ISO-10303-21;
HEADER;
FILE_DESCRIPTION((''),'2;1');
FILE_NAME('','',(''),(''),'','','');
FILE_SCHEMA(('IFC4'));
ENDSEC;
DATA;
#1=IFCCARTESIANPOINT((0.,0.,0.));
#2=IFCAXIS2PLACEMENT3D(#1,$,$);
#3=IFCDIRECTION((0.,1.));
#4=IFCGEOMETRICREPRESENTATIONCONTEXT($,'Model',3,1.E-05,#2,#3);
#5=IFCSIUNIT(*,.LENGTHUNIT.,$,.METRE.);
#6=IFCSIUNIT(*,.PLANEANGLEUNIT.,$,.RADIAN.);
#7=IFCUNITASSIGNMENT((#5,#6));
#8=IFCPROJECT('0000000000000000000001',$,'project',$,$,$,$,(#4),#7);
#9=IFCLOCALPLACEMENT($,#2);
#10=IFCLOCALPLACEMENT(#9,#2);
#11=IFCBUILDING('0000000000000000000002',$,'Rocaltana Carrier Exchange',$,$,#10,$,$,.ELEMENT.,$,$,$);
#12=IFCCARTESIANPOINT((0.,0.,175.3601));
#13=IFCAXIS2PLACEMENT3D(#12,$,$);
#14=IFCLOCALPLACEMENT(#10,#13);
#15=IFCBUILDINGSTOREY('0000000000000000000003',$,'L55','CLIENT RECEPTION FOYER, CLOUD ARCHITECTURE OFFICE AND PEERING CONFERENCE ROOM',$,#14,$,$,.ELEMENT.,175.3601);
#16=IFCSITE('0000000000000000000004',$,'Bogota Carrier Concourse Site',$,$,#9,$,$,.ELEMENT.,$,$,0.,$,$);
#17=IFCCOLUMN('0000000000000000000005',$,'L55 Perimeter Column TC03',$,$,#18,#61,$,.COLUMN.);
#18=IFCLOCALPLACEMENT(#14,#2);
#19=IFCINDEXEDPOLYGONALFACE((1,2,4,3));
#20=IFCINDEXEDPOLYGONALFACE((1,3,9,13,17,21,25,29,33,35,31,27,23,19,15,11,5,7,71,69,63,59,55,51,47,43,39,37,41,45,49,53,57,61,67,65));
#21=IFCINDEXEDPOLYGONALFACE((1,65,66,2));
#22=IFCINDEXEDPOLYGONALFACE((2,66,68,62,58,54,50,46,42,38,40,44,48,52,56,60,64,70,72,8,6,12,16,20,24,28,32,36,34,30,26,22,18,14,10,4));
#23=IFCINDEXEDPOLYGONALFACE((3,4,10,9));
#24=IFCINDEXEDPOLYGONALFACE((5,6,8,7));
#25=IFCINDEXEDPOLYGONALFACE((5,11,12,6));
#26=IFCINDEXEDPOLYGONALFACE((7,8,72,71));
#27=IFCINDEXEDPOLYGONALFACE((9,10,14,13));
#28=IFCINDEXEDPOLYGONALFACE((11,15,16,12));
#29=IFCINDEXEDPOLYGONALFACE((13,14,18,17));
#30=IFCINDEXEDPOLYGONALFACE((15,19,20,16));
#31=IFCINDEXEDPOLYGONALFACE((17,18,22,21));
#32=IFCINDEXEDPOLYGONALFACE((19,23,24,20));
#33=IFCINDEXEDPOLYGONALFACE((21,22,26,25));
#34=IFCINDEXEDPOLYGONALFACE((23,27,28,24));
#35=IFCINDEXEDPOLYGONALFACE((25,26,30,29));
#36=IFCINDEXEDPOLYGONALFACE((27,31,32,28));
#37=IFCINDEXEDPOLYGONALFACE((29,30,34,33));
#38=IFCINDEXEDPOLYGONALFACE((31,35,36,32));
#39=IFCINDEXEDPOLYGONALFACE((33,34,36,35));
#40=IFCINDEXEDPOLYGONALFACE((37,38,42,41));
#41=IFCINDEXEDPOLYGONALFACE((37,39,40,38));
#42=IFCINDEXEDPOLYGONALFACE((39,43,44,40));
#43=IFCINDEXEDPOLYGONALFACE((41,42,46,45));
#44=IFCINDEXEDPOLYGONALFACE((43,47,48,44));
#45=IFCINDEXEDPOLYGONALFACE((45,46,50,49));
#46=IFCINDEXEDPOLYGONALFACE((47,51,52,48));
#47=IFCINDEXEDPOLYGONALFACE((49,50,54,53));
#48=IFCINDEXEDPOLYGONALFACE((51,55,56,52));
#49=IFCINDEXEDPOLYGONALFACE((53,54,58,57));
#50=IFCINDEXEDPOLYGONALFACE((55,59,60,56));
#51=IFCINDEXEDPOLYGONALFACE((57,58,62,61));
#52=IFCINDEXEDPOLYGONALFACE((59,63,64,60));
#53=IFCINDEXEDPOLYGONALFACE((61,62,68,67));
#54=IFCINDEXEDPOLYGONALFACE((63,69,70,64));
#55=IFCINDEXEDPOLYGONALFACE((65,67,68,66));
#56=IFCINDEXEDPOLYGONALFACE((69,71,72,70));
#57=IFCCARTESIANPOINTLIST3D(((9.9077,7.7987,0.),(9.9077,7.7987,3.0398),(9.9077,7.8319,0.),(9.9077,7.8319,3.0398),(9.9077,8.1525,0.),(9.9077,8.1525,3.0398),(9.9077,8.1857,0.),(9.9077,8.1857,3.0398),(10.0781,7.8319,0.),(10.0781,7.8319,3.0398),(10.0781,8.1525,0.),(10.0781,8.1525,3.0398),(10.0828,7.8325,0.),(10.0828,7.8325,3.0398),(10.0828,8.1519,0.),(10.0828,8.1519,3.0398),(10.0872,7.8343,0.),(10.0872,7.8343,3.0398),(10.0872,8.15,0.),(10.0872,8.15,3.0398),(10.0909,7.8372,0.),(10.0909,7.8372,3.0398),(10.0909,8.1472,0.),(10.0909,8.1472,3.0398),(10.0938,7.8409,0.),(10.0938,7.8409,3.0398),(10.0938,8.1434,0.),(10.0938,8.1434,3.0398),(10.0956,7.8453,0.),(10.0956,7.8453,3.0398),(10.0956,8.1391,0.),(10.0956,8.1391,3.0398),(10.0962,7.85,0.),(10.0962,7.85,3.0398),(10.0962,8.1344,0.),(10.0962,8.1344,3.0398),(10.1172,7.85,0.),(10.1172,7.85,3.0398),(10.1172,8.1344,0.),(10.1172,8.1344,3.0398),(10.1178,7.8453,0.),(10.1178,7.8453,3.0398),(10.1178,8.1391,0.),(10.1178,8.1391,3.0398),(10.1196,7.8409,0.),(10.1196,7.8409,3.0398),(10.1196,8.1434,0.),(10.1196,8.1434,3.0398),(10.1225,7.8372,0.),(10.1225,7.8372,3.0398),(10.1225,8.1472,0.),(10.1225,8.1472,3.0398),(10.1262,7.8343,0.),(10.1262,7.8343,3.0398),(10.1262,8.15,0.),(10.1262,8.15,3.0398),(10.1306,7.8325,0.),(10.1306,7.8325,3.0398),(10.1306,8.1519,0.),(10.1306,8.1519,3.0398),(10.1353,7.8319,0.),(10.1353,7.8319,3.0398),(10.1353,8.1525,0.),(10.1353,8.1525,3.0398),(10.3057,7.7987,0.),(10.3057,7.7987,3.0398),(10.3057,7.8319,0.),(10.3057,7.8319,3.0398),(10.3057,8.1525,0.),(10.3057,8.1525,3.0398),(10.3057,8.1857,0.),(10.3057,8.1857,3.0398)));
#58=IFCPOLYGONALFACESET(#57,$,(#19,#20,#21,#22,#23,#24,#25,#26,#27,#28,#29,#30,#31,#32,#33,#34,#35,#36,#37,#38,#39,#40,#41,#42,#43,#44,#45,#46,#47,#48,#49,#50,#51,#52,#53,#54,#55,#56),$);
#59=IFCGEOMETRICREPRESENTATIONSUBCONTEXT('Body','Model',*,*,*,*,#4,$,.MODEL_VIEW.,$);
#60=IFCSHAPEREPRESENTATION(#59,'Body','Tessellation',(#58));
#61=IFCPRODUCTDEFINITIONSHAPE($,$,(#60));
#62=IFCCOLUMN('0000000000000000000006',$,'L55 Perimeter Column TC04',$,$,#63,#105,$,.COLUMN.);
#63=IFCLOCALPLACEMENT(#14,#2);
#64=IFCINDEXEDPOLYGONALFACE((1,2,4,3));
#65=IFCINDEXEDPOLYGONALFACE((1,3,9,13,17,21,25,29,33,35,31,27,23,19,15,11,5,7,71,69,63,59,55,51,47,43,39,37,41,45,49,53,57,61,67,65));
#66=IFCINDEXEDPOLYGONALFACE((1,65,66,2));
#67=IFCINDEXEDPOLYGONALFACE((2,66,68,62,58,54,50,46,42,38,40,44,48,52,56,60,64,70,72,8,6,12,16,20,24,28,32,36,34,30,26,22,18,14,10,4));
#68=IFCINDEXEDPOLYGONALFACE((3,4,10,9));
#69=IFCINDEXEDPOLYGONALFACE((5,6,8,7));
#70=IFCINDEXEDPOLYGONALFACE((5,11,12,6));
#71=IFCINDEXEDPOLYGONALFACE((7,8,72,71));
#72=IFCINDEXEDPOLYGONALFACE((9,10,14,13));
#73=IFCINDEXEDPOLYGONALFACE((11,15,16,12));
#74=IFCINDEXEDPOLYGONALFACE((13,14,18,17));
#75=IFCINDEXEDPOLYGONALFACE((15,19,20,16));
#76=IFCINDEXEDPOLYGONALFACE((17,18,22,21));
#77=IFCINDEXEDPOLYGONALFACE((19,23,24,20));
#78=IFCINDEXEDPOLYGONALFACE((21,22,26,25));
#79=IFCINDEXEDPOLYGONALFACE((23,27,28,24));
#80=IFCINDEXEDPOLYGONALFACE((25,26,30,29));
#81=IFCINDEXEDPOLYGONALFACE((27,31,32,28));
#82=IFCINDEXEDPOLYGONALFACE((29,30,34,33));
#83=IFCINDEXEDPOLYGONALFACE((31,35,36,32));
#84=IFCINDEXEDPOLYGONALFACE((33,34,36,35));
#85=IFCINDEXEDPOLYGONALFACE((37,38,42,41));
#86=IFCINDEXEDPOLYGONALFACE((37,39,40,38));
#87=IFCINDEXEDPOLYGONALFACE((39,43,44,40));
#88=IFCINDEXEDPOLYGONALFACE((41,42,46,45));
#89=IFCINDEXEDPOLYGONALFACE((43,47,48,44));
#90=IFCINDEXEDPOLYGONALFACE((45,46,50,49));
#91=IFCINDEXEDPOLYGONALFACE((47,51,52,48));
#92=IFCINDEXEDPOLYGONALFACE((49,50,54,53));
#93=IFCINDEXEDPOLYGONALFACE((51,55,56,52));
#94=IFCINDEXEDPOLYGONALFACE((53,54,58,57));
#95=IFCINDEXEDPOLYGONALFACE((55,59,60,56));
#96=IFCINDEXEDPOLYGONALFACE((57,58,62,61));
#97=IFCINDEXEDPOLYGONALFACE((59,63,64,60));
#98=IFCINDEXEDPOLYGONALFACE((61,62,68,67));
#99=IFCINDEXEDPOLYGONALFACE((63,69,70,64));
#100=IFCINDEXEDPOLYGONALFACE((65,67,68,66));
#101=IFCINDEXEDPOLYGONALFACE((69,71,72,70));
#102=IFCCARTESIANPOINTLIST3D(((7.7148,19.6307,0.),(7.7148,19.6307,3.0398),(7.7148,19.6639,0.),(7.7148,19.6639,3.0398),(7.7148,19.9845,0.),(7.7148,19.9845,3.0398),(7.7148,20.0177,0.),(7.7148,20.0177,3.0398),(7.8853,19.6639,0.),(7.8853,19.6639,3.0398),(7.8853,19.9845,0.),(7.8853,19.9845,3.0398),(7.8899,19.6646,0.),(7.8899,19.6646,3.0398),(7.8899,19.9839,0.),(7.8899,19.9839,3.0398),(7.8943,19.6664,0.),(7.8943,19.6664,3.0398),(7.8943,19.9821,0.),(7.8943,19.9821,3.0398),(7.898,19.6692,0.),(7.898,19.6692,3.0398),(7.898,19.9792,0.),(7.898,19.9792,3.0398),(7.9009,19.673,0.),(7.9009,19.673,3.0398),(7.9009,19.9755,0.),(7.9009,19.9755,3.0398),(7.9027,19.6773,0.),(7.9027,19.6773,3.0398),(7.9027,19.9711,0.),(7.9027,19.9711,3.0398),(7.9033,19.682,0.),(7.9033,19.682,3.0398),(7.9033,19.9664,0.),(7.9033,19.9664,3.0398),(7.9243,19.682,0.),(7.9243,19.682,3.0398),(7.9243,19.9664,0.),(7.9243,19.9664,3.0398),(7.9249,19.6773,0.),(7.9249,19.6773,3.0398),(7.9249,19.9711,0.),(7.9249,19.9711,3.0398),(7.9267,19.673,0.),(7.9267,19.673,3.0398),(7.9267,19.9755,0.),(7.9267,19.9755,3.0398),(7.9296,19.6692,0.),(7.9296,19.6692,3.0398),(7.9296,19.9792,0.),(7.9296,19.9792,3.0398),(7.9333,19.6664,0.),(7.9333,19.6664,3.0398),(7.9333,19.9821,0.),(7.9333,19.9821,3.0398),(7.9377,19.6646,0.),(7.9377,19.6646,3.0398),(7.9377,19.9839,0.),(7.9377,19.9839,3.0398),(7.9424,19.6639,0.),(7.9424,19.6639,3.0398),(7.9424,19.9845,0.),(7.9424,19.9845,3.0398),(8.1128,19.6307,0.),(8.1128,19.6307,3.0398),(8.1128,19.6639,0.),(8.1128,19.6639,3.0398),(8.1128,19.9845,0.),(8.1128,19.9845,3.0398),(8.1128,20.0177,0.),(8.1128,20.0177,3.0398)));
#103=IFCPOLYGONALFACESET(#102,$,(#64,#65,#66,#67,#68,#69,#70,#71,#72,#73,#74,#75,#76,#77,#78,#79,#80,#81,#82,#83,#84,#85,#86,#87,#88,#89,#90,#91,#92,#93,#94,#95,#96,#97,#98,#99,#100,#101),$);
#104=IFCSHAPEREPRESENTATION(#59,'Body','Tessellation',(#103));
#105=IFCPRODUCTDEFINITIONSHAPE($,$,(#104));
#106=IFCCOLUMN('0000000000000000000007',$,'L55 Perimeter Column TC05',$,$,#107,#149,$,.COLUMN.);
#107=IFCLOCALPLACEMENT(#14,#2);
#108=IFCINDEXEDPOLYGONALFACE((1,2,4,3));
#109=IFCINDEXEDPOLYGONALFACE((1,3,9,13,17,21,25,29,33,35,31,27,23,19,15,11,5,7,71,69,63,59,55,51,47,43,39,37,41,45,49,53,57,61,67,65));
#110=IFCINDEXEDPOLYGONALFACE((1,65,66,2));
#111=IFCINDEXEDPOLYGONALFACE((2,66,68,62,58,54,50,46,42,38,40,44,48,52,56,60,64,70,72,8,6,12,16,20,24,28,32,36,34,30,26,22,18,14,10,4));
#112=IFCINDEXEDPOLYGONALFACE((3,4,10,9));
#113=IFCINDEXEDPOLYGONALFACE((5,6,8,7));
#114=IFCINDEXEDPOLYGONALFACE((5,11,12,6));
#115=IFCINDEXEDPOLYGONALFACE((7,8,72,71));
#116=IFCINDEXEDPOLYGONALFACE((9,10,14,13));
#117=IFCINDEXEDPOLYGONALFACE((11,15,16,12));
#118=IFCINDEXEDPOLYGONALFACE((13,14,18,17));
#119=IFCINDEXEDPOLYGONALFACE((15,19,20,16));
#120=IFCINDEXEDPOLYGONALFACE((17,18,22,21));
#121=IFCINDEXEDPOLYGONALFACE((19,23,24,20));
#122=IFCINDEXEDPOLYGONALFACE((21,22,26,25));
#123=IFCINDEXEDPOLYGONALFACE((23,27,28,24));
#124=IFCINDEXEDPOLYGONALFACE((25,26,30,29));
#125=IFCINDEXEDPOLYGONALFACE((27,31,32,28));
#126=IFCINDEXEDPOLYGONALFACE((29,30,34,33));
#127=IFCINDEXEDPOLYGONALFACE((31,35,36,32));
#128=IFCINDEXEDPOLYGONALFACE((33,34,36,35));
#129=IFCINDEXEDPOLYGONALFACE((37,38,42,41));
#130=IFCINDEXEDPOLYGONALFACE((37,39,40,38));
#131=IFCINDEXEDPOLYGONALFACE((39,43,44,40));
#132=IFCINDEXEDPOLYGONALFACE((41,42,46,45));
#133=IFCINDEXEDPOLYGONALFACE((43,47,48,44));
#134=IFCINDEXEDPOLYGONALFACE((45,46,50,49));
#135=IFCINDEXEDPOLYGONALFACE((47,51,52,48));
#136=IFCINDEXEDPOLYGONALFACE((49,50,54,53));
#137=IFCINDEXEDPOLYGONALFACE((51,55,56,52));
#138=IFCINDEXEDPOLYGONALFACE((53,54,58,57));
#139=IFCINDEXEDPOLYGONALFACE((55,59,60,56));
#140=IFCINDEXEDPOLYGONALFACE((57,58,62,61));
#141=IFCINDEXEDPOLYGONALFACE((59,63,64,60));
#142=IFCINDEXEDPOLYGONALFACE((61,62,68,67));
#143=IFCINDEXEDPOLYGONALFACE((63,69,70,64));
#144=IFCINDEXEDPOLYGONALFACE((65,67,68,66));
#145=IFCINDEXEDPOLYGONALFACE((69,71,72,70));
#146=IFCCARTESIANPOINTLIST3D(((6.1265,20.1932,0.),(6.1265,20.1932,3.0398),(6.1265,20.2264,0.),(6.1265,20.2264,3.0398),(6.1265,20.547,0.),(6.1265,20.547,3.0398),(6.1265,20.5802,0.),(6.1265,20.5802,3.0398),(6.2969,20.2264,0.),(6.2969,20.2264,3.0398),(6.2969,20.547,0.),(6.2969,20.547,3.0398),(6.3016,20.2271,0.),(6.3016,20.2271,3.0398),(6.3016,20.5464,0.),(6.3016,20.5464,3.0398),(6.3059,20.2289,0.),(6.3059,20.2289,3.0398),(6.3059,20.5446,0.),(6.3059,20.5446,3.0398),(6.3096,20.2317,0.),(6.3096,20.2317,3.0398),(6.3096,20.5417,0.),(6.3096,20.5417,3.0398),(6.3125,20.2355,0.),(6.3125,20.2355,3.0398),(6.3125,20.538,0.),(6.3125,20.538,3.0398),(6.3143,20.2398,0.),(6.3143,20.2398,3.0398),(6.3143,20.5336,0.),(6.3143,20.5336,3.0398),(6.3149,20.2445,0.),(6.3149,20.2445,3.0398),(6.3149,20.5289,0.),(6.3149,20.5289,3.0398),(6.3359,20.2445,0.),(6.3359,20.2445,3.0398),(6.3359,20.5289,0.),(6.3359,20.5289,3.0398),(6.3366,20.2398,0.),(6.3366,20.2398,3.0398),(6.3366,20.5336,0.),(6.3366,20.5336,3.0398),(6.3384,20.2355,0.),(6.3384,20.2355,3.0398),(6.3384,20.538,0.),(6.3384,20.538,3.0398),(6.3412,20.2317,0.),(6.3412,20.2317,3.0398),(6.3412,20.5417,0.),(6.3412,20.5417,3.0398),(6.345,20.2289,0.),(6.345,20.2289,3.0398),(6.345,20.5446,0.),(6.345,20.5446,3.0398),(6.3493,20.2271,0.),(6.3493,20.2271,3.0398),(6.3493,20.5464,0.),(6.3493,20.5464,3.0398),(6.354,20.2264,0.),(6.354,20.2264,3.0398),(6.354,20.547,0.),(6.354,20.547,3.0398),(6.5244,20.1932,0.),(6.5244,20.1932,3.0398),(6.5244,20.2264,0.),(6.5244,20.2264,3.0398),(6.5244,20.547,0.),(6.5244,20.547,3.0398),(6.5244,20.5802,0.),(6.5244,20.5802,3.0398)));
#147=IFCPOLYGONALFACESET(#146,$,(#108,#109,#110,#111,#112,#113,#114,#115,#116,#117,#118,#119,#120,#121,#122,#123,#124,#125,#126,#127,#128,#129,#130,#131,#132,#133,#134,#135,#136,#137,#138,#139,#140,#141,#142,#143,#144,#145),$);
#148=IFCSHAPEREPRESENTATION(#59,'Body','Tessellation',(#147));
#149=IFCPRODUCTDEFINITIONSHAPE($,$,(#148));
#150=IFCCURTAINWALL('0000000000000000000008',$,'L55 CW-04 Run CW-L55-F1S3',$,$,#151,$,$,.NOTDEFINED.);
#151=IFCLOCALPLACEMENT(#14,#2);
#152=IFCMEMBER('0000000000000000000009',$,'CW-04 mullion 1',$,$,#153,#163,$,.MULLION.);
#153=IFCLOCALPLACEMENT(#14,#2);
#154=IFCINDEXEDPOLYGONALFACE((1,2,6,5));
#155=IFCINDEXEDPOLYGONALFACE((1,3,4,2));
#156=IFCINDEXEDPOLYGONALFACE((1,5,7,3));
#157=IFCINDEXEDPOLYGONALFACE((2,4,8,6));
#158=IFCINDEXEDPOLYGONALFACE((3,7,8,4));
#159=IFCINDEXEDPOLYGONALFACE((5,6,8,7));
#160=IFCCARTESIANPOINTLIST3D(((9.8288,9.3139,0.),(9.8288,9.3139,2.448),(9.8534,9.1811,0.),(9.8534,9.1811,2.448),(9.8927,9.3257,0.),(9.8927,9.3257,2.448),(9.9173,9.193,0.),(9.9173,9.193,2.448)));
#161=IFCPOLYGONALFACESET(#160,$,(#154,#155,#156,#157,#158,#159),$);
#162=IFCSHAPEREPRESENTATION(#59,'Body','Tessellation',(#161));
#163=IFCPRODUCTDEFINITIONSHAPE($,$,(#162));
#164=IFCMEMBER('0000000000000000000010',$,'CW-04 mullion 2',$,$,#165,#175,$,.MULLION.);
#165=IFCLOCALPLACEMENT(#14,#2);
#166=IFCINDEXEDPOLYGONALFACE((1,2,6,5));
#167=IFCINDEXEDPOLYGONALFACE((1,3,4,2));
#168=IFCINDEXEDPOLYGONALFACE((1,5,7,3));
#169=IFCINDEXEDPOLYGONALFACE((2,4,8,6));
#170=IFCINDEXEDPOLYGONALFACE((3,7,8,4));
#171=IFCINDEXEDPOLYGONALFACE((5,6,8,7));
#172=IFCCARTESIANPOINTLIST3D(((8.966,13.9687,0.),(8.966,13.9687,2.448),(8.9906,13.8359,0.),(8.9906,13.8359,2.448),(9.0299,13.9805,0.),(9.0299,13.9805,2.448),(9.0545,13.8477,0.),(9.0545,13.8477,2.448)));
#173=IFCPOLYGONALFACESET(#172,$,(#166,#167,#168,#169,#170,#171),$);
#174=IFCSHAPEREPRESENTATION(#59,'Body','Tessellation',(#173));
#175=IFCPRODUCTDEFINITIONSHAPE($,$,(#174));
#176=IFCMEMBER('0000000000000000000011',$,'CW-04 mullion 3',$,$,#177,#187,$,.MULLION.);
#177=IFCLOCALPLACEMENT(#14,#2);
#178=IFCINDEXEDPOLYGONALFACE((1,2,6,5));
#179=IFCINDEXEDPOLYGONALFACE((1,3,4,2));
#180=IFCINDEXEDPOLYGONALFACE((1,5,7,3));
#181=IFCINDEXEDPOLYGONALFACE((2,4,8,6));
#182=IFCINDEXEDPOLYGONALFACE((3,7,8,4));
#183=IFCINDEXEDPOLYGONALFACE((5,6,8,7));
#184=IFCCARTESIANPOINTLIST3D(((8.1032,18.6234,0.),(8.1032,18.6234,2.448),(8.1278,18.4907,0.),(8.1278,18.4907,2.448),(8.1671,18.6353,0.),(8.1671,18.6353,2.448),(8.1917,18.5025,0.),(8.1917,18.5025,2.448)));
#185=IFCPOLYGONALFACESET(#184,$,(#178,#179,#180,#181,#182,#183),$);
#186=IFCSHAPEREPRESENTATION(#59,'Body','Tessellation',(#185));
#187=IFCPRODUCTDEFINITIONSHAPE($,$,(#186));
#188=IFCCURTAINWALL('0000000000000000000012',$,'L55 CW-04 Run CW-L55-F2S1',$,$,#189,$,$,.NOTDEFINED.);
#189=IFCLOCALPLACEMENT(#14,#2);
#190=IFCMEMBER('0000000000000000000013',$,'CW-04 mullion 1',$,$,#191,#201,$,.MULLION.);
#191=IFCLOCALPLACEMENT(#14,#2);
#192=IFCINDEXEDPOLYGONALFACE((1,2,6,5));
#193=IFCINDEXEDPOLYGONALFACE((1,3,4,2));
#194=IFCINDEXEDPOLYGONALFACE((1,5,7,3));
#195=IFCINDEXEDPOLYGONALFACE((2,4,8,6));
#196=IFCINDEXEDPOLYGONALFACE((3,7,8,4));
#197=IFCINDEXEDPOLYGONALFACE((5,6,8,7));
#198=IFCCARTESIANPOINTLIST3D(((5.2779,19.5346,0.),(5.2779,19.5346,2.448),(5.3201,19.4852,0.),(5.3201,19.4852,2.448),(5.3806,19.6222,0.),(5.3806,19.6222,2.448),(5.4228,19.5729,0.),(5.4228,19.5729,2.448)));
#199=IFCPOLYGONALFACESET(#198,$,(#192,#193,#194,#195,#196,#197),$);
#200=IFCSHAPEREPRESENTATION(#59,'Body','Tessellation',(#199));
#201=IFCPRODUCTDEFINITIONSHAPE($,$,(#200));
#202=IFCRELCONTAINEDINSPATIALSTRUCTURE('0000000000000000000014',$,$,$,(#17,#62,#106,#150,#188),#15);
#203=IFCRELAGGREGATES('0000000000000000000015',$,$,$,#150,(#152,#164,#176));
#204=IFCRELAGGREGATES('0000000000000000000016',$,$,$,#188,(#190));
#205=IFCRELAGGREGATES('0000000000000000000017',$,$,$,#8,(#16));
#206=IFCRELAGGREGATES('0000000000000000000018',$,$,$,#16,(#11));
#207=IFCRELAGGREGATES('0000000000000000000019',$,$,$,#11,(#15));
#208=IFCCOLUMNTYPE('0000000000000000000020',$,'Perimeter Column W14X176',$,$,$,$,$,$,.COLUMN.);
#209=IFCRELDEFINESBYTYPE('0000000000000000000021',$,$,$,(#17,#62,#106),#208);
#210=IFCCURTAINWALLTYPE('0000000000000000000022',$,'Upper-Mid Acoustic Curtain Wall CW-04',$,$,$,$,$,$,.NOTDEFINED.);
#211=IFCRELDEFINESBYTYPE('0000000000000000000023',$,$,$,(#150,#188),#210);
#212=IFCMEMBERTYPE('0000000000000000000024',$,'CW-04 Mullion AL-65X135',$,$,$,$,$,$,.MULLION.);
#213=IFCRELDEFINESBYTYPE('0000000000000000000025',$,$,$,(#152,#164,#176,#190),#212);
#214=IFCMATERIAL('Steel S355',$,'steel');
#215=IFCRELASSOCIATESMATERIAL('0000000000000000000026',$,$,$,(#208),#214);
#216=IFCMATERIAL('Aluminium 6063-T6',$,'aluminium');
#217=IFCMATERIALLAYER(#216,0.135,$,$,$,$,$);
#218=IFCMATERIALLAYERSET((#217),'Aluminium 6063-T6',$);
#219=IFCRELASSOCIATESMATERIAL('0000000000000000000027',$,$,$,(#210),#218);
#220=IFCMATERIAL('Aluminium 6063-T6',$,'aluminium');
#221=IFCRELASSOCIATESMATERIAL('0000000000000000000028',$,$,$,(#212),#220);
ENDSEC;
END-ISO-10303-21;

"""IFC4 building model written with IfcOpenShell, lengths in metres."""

from ifc_helpers import new_model, si_unit, direction, frame, origin, origin_2d, place, context, subcontext, project, spatial, rectangle, i_section, extrude, material, layer, layer_set, material_profile, profile_set, type_object, element, aggregate, save


model = new_model("IFC4")

# Units and contexts
model_context = context("Model", 3, precision=1e-05, world=origin(), true_north=direction((0.0, 1.0)))
body_context = subcontext(model_context, "Body", "Model", "MODEL_VIEW")
ifc_project = project(units=[si_unit("LENGTHUNIT", "METRE"), si_unit("PLANEANGLEUNIT", "RADIAN")], contexts=[model_context])

# Site, building, storey
site_placement = place(None, origin())
site = spatial("IfcSite", under=ifc_project, at=site_placement, Name="Bogota Carrier Concourse Site", CompositionType="ELEMENT", RefElevation=0.0)
building_placement = place(site_placement, origin())
building = spatial("IfcBuilding", under=site, at=building_placement, Name="Rocaltana Carrier Exchange", CompositionType="ELEMENT")
storey_placement = place(building_placement, frame((0.0, 0.0, 175.3601)))
storey = spatial("IfcBuildingStorey", under=building, at=storey_placement, Name="L55", Description="CLIENT RECEPTION FOYER, CLOUD ARCHITECTURE OFFICE AND PEERING CONFERENCE ROOM", CompositionType="ELEMENT", Elevation=175.3601)

# Columns
ifc_material_1 = material(Name="Steel S355", Category="steel")
ifc_material_profile_1 = material_profile(ifc_material_1, i_section(OverallWidth=0.3979, OverallDepth=0.387, WebThickness=0.021, FlangeThickness=0.0332, FilletRadius=0.0181, at=origin_2d()), Name="W14X176")
ifc_profile_set_1 = profile_set([ifc_material_profile_1], Name="Steel S355")
column_type = type_object("IfcColumnType", Name="Perimeter Column W14X176", PredefinedType="COLUMN", material=ifc_profile_set_1)
for number, where, z_axis, x_axis, name in (
    (1, (10.1067, 7.9922, 0.0), (0.0, 0.0, 1.0), (1.0, 0.0, 0.0), "L55 Perimeter Column TC03"),
    (2, (7.9138, 19.8242, 0.0), (0.0, 0.0, 1.0), (1.0, 0.0, 0.0), "L55 Perimeter Column TC04"),
    (3, (6.3254, 20.3867, 0.0), (0.0, 0.0, 1.0), (1.0, 0.0, 0.0), "L55 Perimeter Column TC05"),
):
    element("IfcColumn", number, at=place(storey_placement, frame(where, z_axis=z_axis, x_axis=x_axis)), inside=storey, type_object=column_type, Name=name, PredefinedType="COLUMN", context=body_context, shape_type="SweptSolid", body=[
        extrude(i_section(OverallWidth=0.3979, OverallDepth=0.387, WebThickness=0.021, FlangeThickness=0.0332, FilletRadius=0.0181, at=origin_2d()), origin(), (0.0, 0.0, 1.0), 3.0398),
    ])

# Curtain walls, members
ifc_material_2 = material(Name="Aluminium 6063-T6", Category="aluminium")
ifc_layer_1 = layer(ifc_material_2, 0.135)
ifc_layer_set_1 = layer_set([ifc_layer_1], Name="Aluminium 6063-T6")
curtain_wall_type = type_object("IfcCurtainWallType", Name="Upper-Mid Acoustic Curtain Wall CW-04", PredefinedType="NOTDEFINED", material=ifc_layer_set_1)
curtain_wall_1_placement = place(storey_placement, origin())
curtain_wall_1 = element("IfcCurtainWall", 4, at=curtain_wall_1_placement, inside=storey, type_object=curtain_wall_type, Name="L55 CW-04 Run CW-L55-F1S3", PredefinedType="NOTDEFINED")
ifc_material_3 = material(Name="Aluminium 6063-T6", Category="aluminium")
ifc_material_profile_2 = material_profile(ifc_material_3, rectangle(XDim=0.0649, YDim=0.135, at=origin_2d()), Name="AL-65X135")
ifc_profile_set_2 = profile_set([ifc_material_profile_2], Name="Aluminium 6063-T6")
member_type_1 = type_object("IfcMemberType", Name="CW-04 Mullion AL-65X135", PredefinedType="MULLION", material=ifc_profile_set_2)
member_1_placement = place(storey_placement, frame((9.873, 9.2534, 0.0), z_axis=(0.0, 0.0, 1.0), x_axis=(-0.983255, -0.182236, 0.0)))
member_1 = element("IfcMember", 5, at=member_1_placement, type_object=member_type_1, Name="CW-04 mullion 1", PredefinedType="MULLION", context=body_context, shape_type="SweptSolid", body=[
    extrude(rectangle(XDim=0.0649, YDim=0.135, at=origin_2d()), origin(), (0.0, 0.0, 1.0), 2.448),
])
member_2_placement = place(storey_placement, frame((9.0103, 13.9082, 0.0), z_axis=(0.0, 0.0, 1.0), x_axis=(-0.983255, -0.182236, 0.0)))
member_2 = element("IfcMember", 6, at=member_2_placement, type_object=member_type_1, Name="CW-04 mullion 2", PredefinedType="MULLION", context=body_context, shape_type="SweptSolid", body=[
    extrude(rectangle(XDim=0.0649, YDim=0.135, at=origin_2d()), origin(), (0.0, 0.0, 1.0), 2.448),
])
member_3_placement = place(storey_placement, frame((8.1475, 18.563, 0.0), z_axis=(0.0, 0.0, 1.0), x_axis=(-0.983255, -0.182236, 0.0)))
member_3 = element("IfcMember", 7, at=member_3_placement, type_object=member_type_1, Name="CW-04 mullion 3", PredefinedType="MULLION", context=body_context, shape_type="SweptSolid", body=[
    extrude(rectangle(XDim=0.0649, YDim=0.135, at=origin_2d()), origin(), (0.0, 0.0, 1.0), 2.448),
])
curtain_wall_2_placement = place(storey_placement, origin())
curtain_wall_2 = element("IfcCurtainWall", 8, at=curtain_wall_2_placement, inside=storey, type_object=curtain_wall_type, Name="L55 CW-04 Run CW-L55-F2S1", PredefinedType="NOTDEFINED")
member_4_placement = place(storey_placement, frame((5.3503, 19.5537, 0.0), z_axis=(0.0, 0.0, 1.0), x_axis=(0.649448, -0.760406, 0.0)))
member_4 = element("IfcMember", 9, at=member_4_placement, type_object=member_type_1, Name="CW-04 mullion 1", PredefinedType="MULLION", context=body_context, shape_type="SweptSolid", body=[
    extrude(rectangle(XDim=0.0649, YDim=0.135, at=origin_2d()), origin(), (0.0, 0.0, 1.0), 2.448),
])

aggregate(curtain_wall_1, [member_1, member_2, member_3])
aggregate(curtain_wall_2, [member_4])

save(model, "model.ifc")
